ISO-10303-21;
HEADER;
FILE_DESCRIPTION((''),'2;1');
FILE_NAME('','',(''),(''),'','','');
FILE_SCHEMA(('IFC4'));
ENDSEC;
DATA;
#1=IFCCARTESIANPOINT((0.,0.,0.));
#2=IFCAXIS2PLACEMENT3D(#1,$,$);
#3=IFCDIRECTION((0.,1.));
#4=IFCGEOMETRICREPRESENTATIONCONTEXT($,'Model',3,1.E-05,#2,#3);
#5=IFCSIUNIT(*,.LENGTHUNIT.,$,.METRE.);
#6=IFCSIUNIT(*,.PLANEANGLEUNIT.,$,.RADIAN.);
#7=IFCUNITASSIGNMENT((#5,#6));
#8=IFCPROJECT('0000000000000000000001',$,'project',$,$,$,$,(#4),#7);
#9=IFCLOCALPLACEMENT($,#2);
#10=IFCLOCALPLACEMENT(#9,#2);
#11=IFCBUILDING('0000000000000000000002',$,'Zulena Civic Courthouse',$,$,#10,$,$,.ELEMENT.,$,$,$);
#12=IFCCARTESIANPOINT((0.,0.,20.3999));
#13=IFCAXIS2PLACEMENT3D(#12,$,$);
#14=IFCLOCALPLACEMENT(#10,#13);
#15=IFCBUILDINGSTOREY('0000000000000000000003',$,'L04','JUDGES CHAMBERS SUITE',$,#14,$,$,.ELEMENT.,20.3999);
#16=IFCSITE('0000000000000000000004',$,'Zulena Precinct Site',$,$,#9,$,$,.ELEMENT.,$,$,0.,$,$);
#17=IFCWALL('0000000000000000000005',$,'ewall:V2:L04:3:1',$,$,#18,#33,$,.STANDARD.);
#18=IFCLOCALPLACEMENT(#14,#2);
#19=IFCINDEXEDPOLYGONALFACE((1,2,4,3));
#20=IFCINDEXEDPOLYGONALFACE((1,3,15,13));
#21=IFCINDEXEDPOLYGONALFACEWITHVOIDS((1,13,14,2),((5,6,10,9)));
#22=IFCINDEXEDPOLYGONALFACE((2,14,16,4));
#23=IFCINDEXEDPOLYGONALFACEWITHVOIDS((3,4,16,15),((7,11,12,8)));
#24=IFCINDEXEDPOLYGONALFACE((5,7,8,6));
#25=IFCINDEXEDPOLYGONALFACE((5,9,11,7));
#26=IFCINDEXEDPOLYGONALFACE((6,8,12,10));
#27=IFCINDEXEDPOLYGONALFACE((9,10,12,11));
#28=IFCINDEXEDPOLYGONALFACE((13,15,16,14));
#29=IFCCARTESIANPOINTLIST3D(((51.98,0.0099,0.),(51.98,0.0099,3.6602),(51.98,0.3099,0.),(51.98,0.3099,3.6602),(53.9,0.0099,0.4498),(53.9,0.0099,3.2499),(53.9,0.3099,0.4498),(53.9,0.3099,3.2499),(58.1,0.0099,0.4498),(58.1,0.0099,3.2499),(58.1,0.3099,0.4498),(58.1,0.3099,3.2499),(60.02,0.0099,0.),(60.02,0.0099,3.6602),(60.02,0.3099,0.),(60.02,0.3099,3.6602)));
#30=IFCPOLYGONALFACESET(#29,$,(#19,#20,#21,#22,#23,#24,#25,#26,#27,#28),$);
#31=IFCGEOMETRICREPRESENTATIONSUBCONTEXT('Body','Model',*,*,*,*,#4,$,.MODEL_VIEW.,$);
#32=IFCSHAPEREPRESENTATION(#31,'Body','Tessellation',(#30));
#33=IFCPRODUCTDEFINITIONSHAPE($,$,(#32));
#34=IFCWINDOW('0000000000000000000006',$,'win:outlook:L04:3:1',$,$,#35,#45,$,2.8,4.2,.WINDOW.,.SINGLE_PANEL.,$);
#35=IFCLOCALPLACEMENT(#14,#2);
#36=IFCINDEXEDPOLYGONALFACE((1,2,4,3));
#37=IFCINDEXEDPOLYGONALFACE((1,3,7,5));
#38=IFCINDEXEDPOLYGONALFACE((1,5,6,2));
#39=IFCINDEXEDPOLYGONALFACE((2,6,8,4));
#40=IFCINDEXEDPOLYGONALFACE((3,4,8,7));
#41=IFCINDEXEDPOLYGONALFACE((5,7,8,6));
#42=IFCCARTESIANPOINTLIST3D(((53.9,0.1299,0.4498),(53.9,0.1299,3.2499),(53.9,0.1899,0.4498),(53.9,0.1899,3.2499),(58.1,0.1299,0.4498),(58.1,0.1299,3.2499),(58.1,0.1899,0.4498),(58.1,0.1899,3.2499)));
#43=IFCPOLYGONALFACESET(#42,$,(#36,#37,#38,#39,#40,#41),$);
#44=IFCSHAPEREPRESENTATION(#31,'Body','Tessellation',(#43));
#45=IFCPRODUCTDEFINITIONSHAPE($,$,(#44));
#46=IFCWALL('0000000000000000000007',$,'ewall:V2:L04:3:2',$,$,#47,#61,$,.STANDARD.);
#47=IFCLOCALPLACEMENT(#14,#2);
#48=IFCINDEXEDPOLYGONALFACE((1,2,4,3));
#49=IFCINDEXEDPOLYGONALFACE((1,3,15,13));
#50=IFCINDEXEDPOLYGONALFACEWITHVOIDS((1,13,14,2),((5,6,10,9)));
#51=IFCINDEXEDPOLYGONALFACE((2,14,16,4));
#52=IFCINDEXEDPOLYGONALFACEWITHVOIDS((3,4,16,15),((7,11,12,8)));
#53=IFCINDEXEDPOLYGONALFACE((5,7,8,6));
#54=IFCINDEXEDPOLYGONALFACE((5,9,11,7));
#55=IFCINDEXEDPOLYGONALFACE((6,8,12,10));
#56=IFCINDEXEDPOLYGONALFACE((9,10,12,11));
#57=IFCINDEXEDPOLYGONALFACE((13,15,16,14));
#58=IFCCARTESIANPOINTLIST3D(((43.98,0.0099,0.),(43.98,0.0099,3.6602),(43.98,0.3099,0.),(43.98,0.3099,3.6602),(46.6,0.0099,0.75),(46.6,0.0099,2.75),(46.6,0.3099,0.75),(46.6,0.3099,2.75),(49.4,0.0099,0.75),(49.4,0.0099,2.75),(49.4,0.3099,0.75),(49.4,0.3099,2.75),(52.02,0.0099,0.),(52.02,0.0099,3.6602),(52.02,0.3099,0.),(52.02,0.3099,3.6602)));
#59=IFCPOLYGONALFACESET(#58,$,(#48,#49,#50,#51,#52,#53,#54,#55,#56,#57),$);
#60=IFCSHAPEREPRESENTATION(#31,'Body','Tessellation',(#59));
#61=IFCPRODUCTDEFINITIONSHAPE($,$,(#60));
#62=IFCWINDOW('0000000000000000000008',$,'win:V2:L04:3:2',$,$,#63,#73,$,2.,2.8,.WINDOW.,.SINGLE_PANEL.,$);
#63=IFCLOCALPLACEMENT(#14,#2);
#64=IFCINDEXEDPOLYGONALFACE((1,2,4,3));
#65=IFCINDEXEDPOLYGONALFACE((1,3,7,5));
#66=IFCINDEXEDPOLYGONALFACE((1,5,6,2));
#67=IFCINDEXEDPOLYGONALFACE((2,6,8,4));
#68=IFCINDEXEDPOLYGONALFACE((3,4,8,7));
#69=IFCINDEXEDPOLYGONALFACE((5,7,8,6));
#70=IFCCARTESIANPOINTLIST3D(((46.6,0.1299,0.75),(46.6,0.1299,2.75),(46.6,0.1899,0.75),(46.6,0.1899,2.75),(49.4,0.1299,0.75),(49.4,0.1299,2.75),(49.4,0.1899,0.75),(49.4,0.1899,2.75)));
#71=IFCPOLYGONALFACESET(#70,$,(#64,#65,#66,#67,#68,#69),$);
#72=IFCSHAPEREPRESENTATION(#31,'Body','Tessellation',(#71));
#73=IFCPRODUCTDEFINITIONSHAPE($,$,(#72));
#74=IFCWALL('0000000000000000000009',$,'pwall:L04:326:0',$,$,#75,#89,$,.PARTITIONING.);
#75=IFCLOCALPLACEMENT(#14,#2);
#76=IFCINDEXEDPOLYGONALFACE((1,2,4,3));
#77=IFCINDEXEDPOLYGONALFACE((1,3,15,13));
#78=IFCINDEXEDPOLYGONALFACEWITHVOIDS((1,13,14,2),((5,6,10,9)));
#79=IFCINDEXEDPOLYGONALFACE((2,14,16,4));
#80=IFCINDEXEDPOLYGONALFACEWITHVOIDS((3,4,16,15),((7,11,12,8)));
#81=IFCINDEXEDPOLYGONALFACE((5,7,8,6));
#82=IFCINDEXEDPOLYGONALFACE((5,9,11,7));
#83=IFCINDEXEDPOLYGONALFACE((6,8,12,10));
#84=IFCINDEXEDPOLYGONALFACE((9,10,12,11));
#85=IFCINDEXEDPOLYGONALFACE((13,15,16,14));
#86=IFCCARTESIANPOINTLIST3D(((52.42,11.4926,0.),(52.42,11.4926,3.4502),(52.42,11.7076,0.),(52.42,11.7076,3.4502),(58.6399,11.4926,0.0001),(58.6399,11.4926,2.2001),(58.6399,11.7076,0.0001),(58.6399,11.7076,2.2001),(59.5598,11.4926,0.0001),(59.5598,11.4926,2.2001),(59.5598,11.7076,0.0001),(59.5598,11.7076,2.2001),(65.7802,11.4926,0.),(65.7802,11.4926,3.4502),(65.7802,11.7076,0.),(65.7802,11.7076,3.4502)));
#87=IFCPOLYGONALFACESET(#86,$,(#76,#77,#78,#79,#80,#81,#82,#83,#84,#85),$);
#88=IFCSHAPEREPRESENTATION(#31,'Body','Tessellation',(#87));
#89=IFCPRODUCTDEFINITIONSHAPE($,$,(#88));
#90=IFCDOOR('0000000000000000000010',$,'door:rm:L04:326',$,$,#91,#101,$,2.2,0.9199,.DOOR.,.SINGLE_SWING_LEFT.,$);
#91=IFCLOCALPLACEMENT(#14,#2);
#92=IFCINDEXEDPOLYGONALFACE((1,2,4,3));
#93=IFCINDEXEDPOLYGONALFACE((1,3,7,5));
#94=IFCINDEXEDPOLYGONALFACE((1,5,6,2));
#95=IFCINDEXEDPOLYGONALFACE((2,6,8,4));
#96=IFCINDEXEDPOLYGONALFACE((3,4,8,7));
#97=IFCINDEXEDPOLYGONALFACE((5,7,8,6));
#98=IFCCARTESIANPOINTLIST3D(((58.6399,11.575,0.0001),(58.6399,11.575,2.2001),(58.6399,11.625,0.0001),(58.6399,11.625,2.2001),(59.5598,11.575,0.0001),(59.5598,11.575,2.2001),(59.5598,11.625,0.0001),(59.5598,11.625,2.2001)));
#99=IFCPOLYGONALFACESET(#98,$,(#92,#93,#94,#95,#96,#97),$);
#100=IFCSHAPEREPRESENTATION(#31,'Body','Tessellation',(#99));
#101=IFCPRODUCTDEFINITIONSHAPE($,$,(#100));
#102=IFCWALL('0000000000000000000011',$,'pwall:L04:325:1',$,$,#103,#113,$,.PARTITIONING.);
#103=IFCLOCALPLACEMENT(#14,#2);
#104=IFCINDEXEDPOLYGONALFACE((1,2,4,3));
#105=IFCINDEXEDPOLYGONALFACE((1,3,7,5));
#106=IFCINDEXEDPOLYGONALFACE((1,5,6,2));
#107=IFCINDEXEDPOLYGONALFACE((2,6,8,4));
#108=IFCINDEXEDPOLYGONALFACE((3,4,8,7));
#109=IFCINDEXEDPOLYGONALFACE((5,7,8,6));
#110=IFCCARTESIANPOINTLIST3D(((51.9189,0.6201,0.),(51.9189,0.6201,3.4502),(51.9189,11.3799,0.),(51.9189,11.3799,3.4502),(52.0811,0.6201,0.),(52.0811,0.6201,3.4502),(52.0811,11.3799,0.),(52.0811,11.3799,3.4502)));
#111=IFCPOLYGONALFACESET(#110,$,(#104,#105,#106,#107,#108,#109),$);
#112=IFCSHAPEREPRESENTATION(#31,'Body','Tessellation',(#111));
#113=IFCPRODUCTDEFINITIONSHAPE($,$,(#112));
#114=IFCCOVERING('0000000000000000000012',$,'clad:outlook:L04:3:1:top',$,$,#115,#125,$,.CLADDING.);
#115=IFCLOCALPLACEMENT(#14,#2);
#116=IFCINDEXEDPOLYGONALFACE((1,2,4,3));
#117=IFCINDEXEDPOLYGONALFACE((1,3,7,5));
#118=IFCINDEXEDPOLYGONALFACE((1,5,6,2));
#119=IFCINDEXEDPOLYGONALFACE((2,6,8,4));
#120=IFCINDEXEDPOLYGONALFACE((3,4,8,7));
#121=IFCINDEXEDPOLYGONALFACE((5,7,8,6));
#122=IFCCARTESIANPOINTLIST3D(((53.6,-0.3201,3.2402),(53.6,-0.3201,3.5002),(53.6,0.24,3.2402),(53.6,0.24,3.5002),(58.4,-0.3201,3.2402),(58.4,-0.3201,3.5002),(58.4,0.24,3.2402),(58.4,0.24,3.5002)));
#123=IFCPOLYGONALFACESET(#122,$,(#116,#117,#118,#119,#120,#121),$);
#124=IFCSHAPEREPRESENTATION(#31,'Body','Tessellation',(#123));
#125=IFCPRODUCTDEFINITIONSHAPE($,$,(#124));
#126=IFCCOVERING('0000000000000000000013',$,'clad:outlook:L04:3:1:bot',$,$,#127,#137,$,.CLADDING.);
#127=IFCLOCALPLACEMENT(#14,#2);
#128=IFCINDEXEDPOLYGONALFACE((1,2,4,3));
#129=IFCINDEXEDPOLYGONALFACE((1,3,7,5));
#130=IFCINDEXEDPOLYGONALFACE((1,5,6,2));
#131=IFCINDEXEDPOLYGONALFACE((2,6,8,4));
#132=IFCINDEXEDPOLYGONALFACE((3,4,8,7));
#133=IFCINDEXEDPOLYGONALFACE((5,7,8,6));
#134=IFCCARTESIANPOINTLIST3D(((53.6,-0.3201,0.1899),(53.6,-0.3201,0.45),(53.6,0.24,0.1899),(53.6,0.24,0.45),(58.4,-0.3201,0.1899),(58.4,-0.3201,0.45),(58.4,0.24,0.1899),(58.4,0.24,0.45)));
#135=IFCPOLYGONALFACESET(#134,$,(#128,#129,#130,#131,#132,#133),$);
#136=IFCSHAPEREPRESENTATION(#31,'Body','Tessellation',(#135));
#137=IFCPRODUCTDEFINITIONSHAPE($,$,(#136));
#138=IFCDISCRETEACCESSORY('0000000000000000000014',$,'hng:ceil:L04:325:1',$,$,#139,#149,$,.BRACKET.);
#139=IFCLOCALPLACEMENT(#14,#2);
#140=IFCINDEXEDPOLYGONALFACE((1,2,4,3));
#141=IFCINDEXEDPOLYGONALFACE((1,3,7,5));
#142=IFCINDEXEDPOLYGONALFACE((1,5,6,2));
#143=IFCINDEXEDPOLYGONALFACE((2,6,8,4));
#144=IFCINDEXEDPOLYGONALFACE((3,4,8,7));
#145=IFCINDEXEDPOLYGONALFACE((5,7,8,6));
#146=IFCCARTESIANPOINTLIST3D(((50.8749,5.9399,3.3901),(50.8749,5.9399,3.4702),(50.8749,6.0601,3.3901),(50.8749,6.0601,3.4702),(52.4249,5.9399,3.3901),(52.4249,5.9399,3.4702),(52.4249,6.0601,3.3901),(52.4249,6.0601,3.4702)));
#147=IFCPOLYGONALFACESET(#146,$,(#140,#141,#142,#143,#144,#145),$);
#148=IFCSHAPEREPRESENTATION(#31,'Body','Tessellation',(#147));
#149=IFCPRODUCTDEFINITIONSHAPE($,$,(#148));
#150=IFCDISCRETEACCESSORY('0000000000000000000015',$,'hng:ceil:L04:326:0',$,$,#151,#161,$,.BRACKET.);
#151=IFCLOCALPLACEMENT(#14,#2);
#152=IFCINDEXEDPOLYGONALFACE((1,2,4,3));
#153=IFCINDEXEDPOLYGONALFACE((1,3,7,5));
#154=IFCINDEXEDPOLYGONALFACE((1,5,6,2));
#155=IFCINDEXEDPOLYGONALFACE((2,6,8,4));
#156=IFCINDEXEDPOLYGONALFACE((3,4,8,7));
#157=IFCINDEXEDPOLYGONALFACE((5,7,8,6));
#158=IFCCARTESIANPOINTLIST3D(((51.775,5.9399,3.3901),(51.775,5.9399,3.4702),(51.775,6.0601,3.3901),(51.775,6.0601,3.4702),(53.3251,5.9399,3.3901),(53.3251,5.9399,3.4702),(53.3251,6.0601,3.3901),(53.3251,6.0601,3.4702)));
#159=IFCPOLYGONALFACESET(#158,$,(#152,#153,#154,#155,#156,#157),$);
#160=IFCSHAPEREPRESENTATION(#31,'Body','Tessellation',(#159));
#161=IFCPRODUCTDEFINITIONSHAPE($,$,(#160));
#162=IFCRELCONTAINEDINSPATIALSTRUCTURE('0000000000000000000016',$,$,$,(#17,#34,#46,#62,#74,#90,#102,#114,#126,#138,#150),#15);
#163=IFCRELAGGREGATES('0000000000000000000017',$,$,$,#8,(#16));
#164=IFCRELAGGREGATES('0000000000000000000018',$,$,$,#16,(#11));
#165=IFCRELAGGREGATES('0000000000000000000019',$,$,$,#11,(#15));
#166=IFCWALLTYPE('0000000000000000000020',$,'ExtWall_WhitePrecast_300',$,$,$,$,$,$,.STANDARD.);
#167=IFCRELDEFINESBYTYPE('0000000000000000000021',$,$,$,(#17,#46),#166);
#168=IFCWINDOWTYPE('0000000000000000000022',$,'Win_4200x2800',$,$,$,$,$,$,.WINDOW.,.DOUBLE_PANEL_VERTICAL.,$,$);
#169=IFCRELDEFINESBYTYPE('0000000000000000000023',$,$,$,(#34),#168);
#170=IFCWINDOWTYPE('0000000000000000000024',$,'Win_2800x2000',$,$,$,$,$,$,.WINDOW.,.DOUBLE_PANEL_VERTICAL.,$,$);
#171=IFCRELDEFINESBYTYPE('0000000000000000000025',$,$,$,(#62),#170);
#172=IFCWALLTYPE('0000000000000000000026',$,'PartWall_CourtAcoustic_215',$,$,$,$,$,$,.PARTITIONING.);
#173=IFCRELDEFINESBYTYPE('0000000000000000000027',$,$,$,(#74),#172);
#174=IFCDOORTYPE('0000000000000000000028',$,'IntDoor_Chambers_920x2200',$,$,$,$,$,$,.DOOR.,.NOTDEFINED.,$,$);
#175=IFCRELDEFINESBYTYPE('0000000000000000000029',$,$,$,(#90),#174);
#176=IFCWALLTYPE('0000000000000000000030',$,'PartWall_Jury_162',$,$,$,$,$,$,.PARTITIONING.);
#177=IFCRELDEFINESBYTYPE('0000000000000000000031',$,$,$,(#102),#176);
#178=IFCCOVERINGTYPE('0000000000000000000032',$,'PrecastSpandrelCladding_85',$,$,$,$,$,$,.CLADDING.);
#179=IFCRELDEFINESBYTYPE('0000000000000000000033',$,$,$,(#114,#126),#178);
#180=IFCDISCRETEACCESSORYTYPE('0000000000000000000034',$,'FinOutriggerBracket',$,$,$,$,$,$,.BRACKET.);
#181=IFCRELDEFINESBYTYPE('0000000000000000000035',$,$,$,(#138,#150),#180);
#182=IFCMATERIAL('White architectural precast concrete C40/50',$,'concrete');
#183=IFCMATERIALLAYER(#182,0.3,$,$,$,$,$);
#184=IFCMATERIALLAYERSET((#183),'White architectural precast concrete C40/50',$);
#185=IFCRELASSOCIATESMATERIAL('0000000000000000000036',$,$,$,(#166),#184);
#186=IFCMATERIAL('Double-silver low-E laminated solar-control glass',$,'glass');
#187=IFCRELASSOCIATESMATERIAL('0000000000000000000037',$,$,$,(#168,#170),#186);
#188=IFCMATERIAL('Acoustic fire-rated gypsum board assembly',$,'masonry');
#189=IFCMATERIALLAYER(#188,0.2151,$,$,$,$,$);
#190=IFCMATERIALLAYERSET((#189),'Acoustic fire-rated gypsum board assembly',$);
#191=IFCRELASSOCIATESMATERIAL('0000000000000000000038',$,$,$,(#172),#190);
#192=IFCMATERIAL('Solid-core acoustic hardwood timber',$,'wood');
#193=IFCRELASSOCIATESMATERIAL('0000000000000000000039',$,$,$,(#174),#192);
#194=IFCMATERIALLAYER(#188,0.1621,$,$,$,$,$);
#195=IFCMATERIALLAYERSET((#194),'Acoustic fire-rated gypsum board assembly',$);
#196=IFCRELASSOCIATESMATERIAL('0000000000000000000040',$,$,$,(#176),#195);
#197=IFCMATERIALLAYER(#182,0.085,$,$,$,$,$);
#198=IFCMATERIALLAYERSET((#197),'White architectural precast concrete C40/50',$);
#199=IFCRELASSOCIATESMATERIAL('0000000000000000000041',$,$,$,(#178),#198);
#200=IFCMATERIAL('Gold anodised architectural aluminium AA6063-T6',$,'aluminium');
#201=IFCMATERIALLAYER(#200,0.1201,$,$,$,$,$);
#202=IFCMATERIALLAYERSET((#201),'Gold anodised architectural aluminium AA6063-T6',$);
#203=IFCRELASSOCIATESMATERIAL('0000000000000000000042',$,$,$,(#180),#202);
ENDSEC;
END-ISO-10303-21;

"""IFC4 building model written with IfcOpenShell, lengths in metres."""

from ifc_helpers import new_model, si_unit, direction, frame, frame_2d, origin, origin_2d, place, context, subcontext, project, spatial, rectangle, extrude, material, layer, layer_set, type_object, element, fill, save


model = new_model("IFC4")

# Units and contexts
model_context = context("Model", 3, precision=1e-05, world=origin(), true_north=direction((0.0, 1.0)))
body_context = subcontext(model_context, "Body", "Model", "MODEL_VIEW")
ifc_project = project(units=[si_unit("LENGTHUNIT", "METRE"), si_unit("PLANEANGLEUNIT", "RADIAN")], contexts=[model_context])

# Site, building, storey
site_placement = place(None, origin())
site = spatial("IfcSite", under=ifc_project, at=site_placement, Name="Zulena Precinct Site", CompositionType="ELEMENT", RefElevation=0.0)
building_placement = place(site_placement, origin())
building = spatial("IfcBuilding", under=site, at=building_placement, Name="Zulena Civic Courthouse", CompositionType="ELEMENT")
storey_placement = place(building_placement, frame((0.0, 0.0, 20.3999)))
storey = spatial("IfcBuildingStorey", under=building, at=storey_placement, Name="L04", Description="JUDGES CHAMBERS SUITE", CompositionType="ELEMENT", Elevation=20.3999)

# Walls, openings, windows
ifc_material_1 = material(Name="White architectural precast concrete C40/50", Category="concrete")
ifc_layer_1 = layer(ifc_material_1, 0.3)
ifc_layer_set_1 = layer_set([ifc_layer_1], Name="White architectural precast concrete C40/50")
wall_type_1 = type_object("IfcWallType", Name="ExtWall_WhitePrecast_300", PredefinedType="STANDARD", material=ifc_layer_set_1)
wall_1_placement = place(storey_placement, frame((60.02, 0.1599, 0.0), z_axis=(0.0, 0.0, 1.0), x_axis=(-1.0, 0.0, 0.0)))
wall_1 = element("IfcWall", 1, at=wall_1_placement, inside=storey, type_object=wall_type_1, Name="ewall:V2:L04:3:1", PredefinedType="STANDARD", context=body_context, shape_type="SweptSolid", body=[
    extrude(rectangle(XDim=8.04, YDim=0.3, at=frame_2d((4.02, 0.0))), origin(), (0.0, 0.0, 1.0), 3.6602),
])
opening_1_placement = place(wall_1_placement, frame((1.9199, 0.0, 0.45)))
opening_1 = element("IfcOpeningElement", 2, at=opening_1_placement, cuts=wall_1, PredefinedType="OPENING", context=body_context, shape_type="SweptSolid", body=[
    extrude(rectangle(XDim=4.2, YDim=2.8, at=frame_2d((2.1001, 1.3999))), frame((0.0, 0.1599, 0.0), z_axis=(0.0, -1.0, 0.0), x_axis=(1.0, 0.0, 0.0)), (0.0, 0.0, 1.0), 0.3201),
])
ifc_material_2 = material(Name="Double-silver low-E laminated solar-control glass", Category="glass")
window_type_1 = type_object("IfcWindowType", Name="Win_4200x2800", PartitioningType="DOUBLE_PANEL_VERTICAL", PredefinedType="WINDOW", material=ifc_material_2)
window_1_placement = place(opening_1_placement, origin())
window_1 = element("IfcWindow", 3, at=window_1_placement, inside=storey, type_object=window_type_1, Name="win:outlook:L04:3:1", OverallHeight=2.8, OverallWidth=4.2, PartitioningType="SINGLE_PANEL", PredefinedType="WINDOW", context=body_context, shape_type="SweptSolid", body=[
    extrude(rectangle(XDim=4.2, YDim=2.8, at=frame_2d((2.1001, 1.3999))), frame((0.0, 0.03, 0.0), z_axis=(0.0, -1.0, 0.0), x_axis=(1.0, 0.0, 0.0)), (0.0, 0.0, 1.0), 0.0601),
])
fill(opening_1, window_1)
wall_2_placement = place(storey_placement, frame((52.02, 0.1599, 0.0), z_axis=(0.0, 0.0, 1.0), x_axis=(-1.0, 0.0, 0.0)))
wall_2 = element("IfcWall", 4, at=wall_2_placement, inside=storey, type_object=wall_type_1, Name="ewall:V2:L04:3:2", PredefinedType="STANDARD", context=body_context, shape_type="SweptSolid", body=[
    extrude(rectangle(XDim=8.04, YDim=0.3, at=frame_2d((4.02, 0.0))), origin(), (0.0, 0.0, 1.0), 3.6602),
])
opening_2_placement = place(wall_2_placement, frame((2.6201, 0.0, 0.75)))
opening_2 = element("IfcOpeningElement", 5, at=opening_2_placement, cuts=wall_2, PredefinedType="OPENING", context=body_context, shape_type="SweptSolid", body=[
    extrude(rectangle(XDim=2.8, YDim=2.0, at=frame_2d((1.3999, 1.0))), frame((0.0, 0.1599, 0.0), z_axis=(0.0, -1.0, 0.0), x_axis=(1.0, 0.0, 0.0)), (0.0, 0.0, 1.0), 0.3201),
])
window_type_2 = type_object("IfcWindowType", Name="Win_2800x2000", PartitioningType="DOUBLE_PANEL_VERTICAL", PredefinedType="WINDOW", material=ifc_material_2)
window_2_placement = place(opening_2_placement, origin())
window_2 = element("IfcWindow", 6, at=window_2_placement, inside=storey, type_object=window_type_2, Name="win:V2:L04:3:2", OverallHeight=2.0, OverallWidth=2.8, PartitioningType="SINGLE_PANEL", PredefinedType="WINDOW", context=body_context, shape_type="SweptSolid", body=[
    extrude(rectangle(XDim=2.8, YDim=2.0, at=frame_2d((1.3999, 1.0))), frame((0.0, 0.03, 0.0), z_axis=(0.0, -1.0, 0.0), x_axis=(1.0, 0.0, 0.0)), (0.0, 0.0, 1.0), 0.0601),
])
fill(opening_2, window_2)

# Wall, opening, door
ifc_material_3 = material(Name="Acoustic fire-rated gypsum board assembly", Category="masonry")
ifc_layer_2 = layer(ifc_material_3, 0.2151)
ifc_layer_set_2 = layer_set([ifc_layer_2], Name="Acoustic fire-rated gypsum board assembly")
wall_type_2 = type_object("IfcWallType", Name="PartWall_CourtAcoustic_215", PredefinedType="PARTITIONING", material=ifc_layer_set_2)
wall_3_placement = place(storey_placement, frame((52.4199, 11.6001, 0.0), z_axis=(0.0, 0.0, 1.0), x_axis=(1.0, 0.0, 0.0)))
wall_3 = element("IfcWall", 7, at=wall_3_placement, inside=storey, type_object=wall_type_2, Name="pwall:L04:326:0", PredefinedType="PARTITIONING", context=body_context, shape_type="SweptSolid", body=[
    extrude(rectangle(XDim=13.3601, YDim=0.2151, at=frame_2d((6.6802, 0.0))), origin(), (0.0, 0.0, 1.0), 3.4502),
])
opening_3_placement = place(wall_3_placement, frame((6.22, 0.0, 0.0)))
opening_3 = element("IfcOpeningElement", 8, at=opening_3_placement, cuts=wall_3, PredefinedType="OPENING", context=body_context, shape_type="SweptSolid", body=[
    extrude(rectangle(XDim=0.9199, YDim=2.2, at=frame_2d((0.46, 1.1001))), frame((0.0, 0.1174, 0.0), z_axis=(0.0, -1.0, 0.0), x_axis=(1.0, 0.0, 0.0)), (0.0, 0.0, 1.0), 0.2351),
])
ifc_material_4 = material(Name="Solid-core acoustic hardwood timber", Category="wood")
door_type = type_object("IfcDoorType", Name="IntDoor_Chambers_920x2200", OperationType="NOTDEFINED", PredefinedType="DOOR", material=ifc_material_4)
door_placement = place(opening_3_placement, origin())
door = element("IfcDoor", 9, at=door_placement, inside=storey, type_object=door_type, Name="door:rm:L04:326", OperationType="SINGLE_SWING_LEFT", OverallHeight=2.2, OverallWidth=0.9199, PredefinedType="DOOR", context=body_context, shape_type="SweptSolid", body=[
    extrude(rectangle(XDim=0.9199, YDim=2.2, at=frame_2d((0.46, 1.1001))), frame((0.0, 0.0249, 0.0), z_axis=(0.0, -1.0, 0.0), x_axis=(1.0, 0.0, 0.0)), (0.0, 0.0, 1.0), 0.05),
])
fill(opening_3, door)

# Wall
ifc_layer_3 = layer(ifc_material_3, 0.1621)
ifc_layer_set_3 = layer_set([ifc_layer_3], Name="Acoustic fire-rated gypsum board assembly")
wall_type_3 = type_object("IfcWallType", Name="PartWall_Jury_162", PredefinedType="PARTITIONING", material=ifc_layer_set_3)
wall_4_placement = place(storey_placement, frame((52.0, 0.6201, 0.0), z_axis=(0.0, 0.0, 1.0), x_axis=(0.0, 1.0, 0.0)))
element("IfcWall", 10, at=wall_4_placement, inside=storey, type_object=wall_type_3, Name="pwall:L04:325:1", PredefinedType="PARTITIONING", context=body_context, shape_type="SweptSolid", body=[
    extrude(rectangle(XDim=10.7598, YDim=0.1621, at=frame_2d((5.3799, 0.0))), origin(), (0.0, 0.0, 1.0), 3.4502),
])

# Coverings
ifc_layer_4 = layer(ifc_material_1, 0.085)
ifc_layer_set_4 = layer_set([ifc_layer_4], Name="White architectural precast concrete C40/50")
covering_type = type_object("IfcCoveringType", Name="PrecastSpandrelCladding_85", PredefinedType="CLADDING", material=ifc_layer_set_4)
for number, where, z_axis, x_axis, name in (
    (11, (56.0, -0.04, 3.2402), (0.0, 0.0, 1.0), (1.0, 0.0, 0.0), "clad:outlook:L04:3:1:top"),
    (12, (56.0, -0.04, 0.1899), (0.0, 0.0, 1.0), (1.0, 0.0, 0.0), "clad:outlook:L04:3:1:bot"),
):
    element("IfcCovering", number, at=place(storey_placement, frame(where, z_axis=z_axis, x_axis=x_axis)), inside=storey, type_object=covering_type, Name=name, PredefinedType="CLADDING", context=body_context, shape_type="SweptSolid", body=[
        extrude(rectangle(XDim=4.8, YDim=0.5601, at=origin_2d()), origin(), (0.0, 0.0, 1.0), 0.26),
    ])

# Discrete accessories
ifc_material_5 = material(Name="Gold anodised architectural aluminium AA6063-T6", Category="aluminium")
ifc_layer_5 = layer(ifc_material_5, 0.1201)
ifc_layer_set_5 = layer_set([ifc_layer_5], Name="Gold anodised architectural aluminium AA6063-T6")
discrete_accessory_type = type_object("IfcDiscreteAccessoryType", Name="FinOutriggerBracket", PredefinedType="BRACKET", material=ifc_layer_set_5)
for number, where, z_axis, x_axis, name in (
    (13, (51.6499, 6.0, 3.3901), (0.0, 0.0, 1.0), (1.0, 0.0, 0.0), "hng:ceil:L04:325:1"),
    (14, (52.55, 6.0, 3.3901), (0.0, 0.0, 1.0), (1.0, 0.0, 0.0), "hng:ceil:L04:326:0"),
):
    element("IfcDiscreteAccessory", number, at=place(storey_placement, frame(where, z_axis=z_axis, x_axis=x_axis)), inside=storey, type_object=discrete_accessory_type, Name=name, PredefinedType="BRACKET", context=body_context, shape_type="SweptSolid", body=[
        extrude(rectangle(XDim=1.55, YDim=0.1201, at=origin_2d()), origin(), (0.0, 0.0, 1.0), 0.0801),
    ])

save(model, "model.ifc")
